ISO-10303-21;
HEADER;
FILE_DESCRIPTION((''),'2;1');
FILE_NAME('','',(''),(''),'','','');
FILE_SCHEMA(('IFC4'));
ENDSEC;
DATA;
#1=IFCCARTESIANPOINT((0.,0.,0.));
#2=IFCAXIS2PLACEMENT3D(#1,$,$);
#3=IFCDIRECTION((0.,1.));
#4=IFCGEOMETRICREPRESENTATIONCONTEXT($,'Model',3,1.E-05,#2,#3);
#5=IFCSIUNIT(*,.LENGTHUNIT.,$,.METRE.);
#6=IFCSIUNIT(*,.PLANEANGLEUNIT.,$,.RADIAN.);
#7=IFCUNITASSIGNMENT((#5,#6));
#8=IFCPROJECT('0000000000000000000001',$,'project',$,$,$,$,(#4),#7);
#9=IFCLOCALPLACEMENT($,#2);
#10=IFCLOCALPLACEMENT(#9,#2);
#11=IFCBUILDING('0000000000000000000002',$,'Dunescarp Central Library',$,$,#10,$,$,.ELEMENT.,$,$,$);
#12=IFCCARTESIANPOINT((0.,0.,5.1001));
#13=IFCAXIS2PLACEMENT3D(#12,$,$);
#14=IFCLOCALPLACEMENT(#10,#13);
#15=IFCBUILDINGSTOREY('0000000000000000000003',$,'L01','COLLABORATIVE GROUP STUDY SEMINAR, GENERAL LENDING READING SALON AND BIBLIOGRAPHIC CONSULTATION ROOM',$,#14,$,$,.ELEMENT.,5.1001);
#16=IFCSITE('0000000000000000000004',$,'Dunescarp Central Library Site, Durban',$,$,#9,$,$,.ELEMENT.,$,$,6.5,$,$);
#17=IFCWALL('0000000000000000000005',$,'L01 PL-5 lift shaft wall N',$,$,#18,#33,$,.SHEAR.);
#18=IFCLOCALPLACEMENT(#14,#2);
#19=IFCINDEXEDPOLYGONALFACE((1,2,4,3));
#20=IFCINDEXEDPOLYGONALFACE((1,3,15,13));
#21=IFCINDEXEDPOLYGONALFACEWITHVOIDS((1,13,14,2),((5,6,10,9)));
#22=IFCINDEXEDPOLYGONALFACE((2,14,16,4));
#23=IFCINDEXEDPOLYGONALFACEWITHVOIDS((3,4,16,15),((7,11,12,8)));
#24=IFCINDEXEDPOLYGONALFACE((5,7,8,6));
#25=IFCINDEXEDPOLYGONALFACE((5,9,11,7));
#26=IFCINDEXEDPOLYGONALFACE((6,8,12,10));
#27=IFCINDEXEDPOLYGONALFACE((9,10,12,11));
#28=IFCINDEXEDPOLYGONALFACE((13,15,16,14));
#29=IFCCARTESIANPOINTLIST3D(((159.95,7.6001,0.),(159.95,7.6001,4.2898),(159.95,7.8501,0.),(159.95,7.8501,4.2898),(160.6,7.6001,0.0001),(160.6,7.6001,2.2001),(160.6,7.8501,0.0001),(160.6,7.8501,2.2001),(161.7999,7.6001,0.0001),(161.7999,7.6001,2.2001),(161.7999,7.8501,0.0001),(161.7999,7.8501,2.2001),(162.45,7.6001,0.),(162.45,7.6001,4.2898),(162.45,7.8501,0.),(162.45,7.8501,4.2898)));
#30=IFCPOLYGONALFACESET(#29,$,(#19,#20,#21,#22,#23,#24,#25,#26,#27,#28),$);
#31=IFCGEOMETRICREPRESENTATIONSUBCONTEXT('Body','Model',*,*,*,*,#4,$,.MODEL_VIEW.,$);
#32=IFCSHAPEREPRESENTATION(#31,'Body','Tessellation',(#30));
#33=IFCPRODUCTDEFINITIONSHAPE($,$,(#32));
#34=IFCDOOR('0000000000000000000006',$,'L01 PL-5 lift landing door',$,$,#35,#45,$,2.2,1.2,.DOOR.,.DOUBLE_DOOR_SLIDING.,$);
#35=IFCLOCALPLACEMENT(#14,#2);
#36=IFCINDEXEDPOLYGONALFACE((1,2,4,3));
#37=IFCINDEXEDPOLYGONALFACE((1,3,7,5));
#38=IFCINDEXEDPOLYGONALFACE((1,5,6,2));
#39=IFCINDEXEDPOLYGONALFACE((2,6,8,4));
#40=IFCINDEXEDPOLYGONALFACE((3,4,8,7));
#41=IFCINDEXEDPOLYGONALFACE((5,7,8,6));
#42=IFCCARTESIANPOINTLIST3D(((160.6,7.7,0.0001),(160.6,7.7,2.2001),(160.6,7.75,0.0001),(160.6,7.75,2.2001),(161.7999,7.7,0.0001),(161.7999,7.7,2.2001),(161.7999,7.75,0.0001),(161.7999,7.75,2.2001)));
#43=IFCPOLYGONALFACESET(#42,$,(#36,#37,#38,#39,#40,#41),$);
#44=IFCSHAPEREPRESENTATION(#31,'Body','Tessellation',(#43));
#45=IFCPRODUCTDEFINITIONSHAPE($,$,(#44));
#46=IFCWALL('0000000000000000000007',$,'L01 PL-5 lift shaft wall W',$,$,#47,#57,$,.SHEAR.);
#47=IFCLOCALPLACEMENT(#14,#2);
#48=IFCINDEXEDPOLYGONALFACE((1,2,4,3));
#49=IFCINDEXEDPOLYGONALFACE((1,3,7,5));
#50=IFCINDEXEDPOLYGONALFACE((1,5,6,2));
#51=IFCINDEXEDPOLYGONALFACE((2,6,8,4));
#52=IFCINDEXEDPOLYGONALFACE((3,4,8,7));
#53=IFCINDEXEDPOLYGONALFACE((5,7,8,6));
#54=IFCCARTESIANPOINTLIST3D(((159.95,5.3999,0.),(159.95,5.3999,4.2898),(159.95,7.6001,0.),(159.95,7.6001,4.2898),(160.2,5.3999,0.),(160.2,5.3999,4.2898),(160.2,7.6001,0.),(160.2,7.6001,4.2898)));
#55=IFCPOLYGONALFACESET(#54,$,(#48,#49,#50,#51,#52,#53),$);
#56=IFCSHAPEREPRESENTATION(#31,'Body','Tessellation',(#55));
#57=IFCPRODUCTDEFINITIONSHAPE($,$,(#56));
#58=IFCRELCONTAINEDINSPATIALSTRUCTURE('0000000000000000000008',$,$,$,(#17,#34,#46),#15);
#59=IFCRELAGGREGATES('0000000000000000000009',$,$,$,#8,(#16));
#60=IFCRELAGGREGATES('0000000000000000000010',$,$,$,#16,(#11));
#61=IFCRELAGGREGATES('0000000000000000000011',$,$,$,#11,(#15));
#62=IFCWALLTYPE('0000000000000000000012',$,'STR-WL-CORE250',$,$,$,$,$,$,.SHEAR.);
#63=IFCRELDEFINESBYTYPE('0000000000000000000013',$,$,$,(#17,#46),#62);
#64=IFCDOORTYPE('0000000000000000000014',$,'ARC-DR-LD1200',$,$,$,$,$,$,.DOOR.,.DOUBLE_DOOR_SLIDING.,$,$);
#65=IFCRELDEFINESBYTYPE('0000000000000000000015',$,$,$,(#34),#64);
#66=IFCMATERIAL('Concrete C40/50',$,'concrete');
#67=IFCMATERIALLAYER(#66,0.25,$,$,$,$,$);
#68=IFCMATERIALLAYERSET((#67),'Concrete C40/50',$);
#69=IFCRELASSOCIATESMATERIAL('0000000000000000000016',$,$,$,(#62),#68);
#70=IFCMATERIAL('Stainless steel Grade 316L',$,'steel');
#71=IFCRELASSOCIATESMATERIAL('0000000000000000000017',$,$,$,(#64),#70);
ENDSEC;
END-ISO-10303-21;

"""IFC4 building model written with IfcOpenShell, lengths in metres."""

from ifc_helpers import new_model, si_unit, direction, frame, frame_2d, origin, place, context, subcontext, project, spatial, rectangle, extrude, material, layer, layer_set, type_object, element, fill, save


model = new_model("IFC4")

# Units and contexts
model_context = context("Model", 3, precision=1e-05, world=origin(), true_north=direction((0.0, 1.0)))
body_context = subcontext(model_context, "Body", "Model", "MODEL_VIEW")
ifc_project = project(units=[si_unit("LENGTHUNIT", "METRE"), si_unit("PLANEANGLEUNIT", "RADIAN")], contexts=[model_context])

# Site, building, storey
site_placement = place(None, origin())
site = spatial("IfcSite", under=ifc_project, at=site_placement, Name="Dunescarp Central Library Site, Durban", CompositionType="ELEMENT", RefElevation=6.5)
building_placement = place(site_placement, origin())
building = spatial("IfcBuilding", under=site, at=building_placement, Name="Dunescarp Central Library", CompositionType="ELEMENT")
storey_placement = place(building_placement, frame((0.0, 0.0, 5.1001)))
storey = spatial("IfcBuildingStorey", under=building, at=storey_placement, Name="L01", Description="COLLABORATIVE GROUP STUDY SEMINAR, GENERAL LENDING READING SALON AND BIBLIOGRAPHIC CONSULTATION ROOM", CompositionType="ELEMENT", Elevation=5.1001)

# Wall, opening, door
ifc_material_1 = material(Name="Concrete C40/50", Category="concrete")
ifc_layer_1 = layer(ifc_material_1, 0.25)
ifc_layer_set_1 = layer_set([ifc_layer_1], Name="Concrete C40/50")
wall_type_1 = type_object("IfcWallType", Name="STR-WL-CORE250", PredefinedType="SHEAR", material=ifc_layer_set_1)
wall_1_placement = place(storey_placement, frame((159.95, 7.7251, 0.0), z_axis=(0.0, 0.0, 1.0), x_axis=(1.0, 0.0, 0.0)))
wall_1 = element("IfcWall", 1, at=wall_1_placement, inside=storey, type_object=wall_type_1, Name="L01 PL-5 lift shaft wall N", PredefinedType="SHEAR", context=body_context, shape_type="SweptSolid", body=[
    extrude(rectangle(XDim=2.5, YDim=0.25, at=frame_2d((1.25, 0.0))), origin(), (0.0, 0.0, 1.0), 4.2898),
])
opening_1_placement = place(wall_1_placement, frame((0.6499, 0.0, 0.0)))
opening_1 = element("IfcOpeningElement", 2, at=opening_1_placement, cuts=wall_1, PredefinedType="OPENING", context=body_context, shape_type="SweptSolid", body=[
    extrude(rectangle(XDim=1.2, YDim=2.2, at=frame_2d((0.6001, 1.1001))), frame((0.0, 0.135, 0.0), z_axis=(0.0, -1.0, 0.0), x_axis=(1.0, 0.0, 0.0)), (0.0, 0.0, 1.0), 0.27),
])
ifc_material_2 = material(Name="Stainless steel Grade 316L", Category="steel")
door_type_1 = type_object("IfcDoorType", Name="ARC-DR-LD1200", OperationType="DOUBLE_DOOR_SLIDING", PredefinedType="DOOR", material=ifc_material_2)
door_1_placement = place(opening_1_placement, origin())
door_1 = element("IfcDoor", 3, at=door_1_placement, inside=storey, type_object=door_type_1, Name="L01 PL-5 lift landing door", OperationType="DOUBLE_DOOR_SLIDING", OverallHeight=2.2, OverallWidth=1.2, PredefinedType="DOOR", context=body_context, shape_type="SweptSolid", body=[
    extrude(rectangle(XDim=1.2, YDim=2.2, at=frame_2d((0.6001, 1.1001))), frame((0.0, 0.0249, 0.0), z_axis=(0.0, -1.0, 0.0), x_axis=(1.0, 0.0, 0.0)), (0.0, 0.0, 1.0), 0.05),
])
fill(opening_1, door_1)

# Wall
wall_2_placement = place(storey_placement, frame((160.075, 5.3999, 0.0), z_axis=(0.0, 0.0, 1.0), x_axis=(0.0, 1.0, 0.0)))
element("IfcWall", 4, at=wall_2_placement, inside=storey, type_object=wall_type_1, Name="L01 PL-5 lift shaft wall W", PredefinedType="SHEAR", context=body_context, shape_type="SweptSolid", body=[
    extrude(rectangle(XDim=2.2002, YDim=0.25, at=frame_2d((1.1001, 0.0))), origin(), (0.0, 0.0, 1.0), 4.2898),
])

save(model, "model.ifc")
